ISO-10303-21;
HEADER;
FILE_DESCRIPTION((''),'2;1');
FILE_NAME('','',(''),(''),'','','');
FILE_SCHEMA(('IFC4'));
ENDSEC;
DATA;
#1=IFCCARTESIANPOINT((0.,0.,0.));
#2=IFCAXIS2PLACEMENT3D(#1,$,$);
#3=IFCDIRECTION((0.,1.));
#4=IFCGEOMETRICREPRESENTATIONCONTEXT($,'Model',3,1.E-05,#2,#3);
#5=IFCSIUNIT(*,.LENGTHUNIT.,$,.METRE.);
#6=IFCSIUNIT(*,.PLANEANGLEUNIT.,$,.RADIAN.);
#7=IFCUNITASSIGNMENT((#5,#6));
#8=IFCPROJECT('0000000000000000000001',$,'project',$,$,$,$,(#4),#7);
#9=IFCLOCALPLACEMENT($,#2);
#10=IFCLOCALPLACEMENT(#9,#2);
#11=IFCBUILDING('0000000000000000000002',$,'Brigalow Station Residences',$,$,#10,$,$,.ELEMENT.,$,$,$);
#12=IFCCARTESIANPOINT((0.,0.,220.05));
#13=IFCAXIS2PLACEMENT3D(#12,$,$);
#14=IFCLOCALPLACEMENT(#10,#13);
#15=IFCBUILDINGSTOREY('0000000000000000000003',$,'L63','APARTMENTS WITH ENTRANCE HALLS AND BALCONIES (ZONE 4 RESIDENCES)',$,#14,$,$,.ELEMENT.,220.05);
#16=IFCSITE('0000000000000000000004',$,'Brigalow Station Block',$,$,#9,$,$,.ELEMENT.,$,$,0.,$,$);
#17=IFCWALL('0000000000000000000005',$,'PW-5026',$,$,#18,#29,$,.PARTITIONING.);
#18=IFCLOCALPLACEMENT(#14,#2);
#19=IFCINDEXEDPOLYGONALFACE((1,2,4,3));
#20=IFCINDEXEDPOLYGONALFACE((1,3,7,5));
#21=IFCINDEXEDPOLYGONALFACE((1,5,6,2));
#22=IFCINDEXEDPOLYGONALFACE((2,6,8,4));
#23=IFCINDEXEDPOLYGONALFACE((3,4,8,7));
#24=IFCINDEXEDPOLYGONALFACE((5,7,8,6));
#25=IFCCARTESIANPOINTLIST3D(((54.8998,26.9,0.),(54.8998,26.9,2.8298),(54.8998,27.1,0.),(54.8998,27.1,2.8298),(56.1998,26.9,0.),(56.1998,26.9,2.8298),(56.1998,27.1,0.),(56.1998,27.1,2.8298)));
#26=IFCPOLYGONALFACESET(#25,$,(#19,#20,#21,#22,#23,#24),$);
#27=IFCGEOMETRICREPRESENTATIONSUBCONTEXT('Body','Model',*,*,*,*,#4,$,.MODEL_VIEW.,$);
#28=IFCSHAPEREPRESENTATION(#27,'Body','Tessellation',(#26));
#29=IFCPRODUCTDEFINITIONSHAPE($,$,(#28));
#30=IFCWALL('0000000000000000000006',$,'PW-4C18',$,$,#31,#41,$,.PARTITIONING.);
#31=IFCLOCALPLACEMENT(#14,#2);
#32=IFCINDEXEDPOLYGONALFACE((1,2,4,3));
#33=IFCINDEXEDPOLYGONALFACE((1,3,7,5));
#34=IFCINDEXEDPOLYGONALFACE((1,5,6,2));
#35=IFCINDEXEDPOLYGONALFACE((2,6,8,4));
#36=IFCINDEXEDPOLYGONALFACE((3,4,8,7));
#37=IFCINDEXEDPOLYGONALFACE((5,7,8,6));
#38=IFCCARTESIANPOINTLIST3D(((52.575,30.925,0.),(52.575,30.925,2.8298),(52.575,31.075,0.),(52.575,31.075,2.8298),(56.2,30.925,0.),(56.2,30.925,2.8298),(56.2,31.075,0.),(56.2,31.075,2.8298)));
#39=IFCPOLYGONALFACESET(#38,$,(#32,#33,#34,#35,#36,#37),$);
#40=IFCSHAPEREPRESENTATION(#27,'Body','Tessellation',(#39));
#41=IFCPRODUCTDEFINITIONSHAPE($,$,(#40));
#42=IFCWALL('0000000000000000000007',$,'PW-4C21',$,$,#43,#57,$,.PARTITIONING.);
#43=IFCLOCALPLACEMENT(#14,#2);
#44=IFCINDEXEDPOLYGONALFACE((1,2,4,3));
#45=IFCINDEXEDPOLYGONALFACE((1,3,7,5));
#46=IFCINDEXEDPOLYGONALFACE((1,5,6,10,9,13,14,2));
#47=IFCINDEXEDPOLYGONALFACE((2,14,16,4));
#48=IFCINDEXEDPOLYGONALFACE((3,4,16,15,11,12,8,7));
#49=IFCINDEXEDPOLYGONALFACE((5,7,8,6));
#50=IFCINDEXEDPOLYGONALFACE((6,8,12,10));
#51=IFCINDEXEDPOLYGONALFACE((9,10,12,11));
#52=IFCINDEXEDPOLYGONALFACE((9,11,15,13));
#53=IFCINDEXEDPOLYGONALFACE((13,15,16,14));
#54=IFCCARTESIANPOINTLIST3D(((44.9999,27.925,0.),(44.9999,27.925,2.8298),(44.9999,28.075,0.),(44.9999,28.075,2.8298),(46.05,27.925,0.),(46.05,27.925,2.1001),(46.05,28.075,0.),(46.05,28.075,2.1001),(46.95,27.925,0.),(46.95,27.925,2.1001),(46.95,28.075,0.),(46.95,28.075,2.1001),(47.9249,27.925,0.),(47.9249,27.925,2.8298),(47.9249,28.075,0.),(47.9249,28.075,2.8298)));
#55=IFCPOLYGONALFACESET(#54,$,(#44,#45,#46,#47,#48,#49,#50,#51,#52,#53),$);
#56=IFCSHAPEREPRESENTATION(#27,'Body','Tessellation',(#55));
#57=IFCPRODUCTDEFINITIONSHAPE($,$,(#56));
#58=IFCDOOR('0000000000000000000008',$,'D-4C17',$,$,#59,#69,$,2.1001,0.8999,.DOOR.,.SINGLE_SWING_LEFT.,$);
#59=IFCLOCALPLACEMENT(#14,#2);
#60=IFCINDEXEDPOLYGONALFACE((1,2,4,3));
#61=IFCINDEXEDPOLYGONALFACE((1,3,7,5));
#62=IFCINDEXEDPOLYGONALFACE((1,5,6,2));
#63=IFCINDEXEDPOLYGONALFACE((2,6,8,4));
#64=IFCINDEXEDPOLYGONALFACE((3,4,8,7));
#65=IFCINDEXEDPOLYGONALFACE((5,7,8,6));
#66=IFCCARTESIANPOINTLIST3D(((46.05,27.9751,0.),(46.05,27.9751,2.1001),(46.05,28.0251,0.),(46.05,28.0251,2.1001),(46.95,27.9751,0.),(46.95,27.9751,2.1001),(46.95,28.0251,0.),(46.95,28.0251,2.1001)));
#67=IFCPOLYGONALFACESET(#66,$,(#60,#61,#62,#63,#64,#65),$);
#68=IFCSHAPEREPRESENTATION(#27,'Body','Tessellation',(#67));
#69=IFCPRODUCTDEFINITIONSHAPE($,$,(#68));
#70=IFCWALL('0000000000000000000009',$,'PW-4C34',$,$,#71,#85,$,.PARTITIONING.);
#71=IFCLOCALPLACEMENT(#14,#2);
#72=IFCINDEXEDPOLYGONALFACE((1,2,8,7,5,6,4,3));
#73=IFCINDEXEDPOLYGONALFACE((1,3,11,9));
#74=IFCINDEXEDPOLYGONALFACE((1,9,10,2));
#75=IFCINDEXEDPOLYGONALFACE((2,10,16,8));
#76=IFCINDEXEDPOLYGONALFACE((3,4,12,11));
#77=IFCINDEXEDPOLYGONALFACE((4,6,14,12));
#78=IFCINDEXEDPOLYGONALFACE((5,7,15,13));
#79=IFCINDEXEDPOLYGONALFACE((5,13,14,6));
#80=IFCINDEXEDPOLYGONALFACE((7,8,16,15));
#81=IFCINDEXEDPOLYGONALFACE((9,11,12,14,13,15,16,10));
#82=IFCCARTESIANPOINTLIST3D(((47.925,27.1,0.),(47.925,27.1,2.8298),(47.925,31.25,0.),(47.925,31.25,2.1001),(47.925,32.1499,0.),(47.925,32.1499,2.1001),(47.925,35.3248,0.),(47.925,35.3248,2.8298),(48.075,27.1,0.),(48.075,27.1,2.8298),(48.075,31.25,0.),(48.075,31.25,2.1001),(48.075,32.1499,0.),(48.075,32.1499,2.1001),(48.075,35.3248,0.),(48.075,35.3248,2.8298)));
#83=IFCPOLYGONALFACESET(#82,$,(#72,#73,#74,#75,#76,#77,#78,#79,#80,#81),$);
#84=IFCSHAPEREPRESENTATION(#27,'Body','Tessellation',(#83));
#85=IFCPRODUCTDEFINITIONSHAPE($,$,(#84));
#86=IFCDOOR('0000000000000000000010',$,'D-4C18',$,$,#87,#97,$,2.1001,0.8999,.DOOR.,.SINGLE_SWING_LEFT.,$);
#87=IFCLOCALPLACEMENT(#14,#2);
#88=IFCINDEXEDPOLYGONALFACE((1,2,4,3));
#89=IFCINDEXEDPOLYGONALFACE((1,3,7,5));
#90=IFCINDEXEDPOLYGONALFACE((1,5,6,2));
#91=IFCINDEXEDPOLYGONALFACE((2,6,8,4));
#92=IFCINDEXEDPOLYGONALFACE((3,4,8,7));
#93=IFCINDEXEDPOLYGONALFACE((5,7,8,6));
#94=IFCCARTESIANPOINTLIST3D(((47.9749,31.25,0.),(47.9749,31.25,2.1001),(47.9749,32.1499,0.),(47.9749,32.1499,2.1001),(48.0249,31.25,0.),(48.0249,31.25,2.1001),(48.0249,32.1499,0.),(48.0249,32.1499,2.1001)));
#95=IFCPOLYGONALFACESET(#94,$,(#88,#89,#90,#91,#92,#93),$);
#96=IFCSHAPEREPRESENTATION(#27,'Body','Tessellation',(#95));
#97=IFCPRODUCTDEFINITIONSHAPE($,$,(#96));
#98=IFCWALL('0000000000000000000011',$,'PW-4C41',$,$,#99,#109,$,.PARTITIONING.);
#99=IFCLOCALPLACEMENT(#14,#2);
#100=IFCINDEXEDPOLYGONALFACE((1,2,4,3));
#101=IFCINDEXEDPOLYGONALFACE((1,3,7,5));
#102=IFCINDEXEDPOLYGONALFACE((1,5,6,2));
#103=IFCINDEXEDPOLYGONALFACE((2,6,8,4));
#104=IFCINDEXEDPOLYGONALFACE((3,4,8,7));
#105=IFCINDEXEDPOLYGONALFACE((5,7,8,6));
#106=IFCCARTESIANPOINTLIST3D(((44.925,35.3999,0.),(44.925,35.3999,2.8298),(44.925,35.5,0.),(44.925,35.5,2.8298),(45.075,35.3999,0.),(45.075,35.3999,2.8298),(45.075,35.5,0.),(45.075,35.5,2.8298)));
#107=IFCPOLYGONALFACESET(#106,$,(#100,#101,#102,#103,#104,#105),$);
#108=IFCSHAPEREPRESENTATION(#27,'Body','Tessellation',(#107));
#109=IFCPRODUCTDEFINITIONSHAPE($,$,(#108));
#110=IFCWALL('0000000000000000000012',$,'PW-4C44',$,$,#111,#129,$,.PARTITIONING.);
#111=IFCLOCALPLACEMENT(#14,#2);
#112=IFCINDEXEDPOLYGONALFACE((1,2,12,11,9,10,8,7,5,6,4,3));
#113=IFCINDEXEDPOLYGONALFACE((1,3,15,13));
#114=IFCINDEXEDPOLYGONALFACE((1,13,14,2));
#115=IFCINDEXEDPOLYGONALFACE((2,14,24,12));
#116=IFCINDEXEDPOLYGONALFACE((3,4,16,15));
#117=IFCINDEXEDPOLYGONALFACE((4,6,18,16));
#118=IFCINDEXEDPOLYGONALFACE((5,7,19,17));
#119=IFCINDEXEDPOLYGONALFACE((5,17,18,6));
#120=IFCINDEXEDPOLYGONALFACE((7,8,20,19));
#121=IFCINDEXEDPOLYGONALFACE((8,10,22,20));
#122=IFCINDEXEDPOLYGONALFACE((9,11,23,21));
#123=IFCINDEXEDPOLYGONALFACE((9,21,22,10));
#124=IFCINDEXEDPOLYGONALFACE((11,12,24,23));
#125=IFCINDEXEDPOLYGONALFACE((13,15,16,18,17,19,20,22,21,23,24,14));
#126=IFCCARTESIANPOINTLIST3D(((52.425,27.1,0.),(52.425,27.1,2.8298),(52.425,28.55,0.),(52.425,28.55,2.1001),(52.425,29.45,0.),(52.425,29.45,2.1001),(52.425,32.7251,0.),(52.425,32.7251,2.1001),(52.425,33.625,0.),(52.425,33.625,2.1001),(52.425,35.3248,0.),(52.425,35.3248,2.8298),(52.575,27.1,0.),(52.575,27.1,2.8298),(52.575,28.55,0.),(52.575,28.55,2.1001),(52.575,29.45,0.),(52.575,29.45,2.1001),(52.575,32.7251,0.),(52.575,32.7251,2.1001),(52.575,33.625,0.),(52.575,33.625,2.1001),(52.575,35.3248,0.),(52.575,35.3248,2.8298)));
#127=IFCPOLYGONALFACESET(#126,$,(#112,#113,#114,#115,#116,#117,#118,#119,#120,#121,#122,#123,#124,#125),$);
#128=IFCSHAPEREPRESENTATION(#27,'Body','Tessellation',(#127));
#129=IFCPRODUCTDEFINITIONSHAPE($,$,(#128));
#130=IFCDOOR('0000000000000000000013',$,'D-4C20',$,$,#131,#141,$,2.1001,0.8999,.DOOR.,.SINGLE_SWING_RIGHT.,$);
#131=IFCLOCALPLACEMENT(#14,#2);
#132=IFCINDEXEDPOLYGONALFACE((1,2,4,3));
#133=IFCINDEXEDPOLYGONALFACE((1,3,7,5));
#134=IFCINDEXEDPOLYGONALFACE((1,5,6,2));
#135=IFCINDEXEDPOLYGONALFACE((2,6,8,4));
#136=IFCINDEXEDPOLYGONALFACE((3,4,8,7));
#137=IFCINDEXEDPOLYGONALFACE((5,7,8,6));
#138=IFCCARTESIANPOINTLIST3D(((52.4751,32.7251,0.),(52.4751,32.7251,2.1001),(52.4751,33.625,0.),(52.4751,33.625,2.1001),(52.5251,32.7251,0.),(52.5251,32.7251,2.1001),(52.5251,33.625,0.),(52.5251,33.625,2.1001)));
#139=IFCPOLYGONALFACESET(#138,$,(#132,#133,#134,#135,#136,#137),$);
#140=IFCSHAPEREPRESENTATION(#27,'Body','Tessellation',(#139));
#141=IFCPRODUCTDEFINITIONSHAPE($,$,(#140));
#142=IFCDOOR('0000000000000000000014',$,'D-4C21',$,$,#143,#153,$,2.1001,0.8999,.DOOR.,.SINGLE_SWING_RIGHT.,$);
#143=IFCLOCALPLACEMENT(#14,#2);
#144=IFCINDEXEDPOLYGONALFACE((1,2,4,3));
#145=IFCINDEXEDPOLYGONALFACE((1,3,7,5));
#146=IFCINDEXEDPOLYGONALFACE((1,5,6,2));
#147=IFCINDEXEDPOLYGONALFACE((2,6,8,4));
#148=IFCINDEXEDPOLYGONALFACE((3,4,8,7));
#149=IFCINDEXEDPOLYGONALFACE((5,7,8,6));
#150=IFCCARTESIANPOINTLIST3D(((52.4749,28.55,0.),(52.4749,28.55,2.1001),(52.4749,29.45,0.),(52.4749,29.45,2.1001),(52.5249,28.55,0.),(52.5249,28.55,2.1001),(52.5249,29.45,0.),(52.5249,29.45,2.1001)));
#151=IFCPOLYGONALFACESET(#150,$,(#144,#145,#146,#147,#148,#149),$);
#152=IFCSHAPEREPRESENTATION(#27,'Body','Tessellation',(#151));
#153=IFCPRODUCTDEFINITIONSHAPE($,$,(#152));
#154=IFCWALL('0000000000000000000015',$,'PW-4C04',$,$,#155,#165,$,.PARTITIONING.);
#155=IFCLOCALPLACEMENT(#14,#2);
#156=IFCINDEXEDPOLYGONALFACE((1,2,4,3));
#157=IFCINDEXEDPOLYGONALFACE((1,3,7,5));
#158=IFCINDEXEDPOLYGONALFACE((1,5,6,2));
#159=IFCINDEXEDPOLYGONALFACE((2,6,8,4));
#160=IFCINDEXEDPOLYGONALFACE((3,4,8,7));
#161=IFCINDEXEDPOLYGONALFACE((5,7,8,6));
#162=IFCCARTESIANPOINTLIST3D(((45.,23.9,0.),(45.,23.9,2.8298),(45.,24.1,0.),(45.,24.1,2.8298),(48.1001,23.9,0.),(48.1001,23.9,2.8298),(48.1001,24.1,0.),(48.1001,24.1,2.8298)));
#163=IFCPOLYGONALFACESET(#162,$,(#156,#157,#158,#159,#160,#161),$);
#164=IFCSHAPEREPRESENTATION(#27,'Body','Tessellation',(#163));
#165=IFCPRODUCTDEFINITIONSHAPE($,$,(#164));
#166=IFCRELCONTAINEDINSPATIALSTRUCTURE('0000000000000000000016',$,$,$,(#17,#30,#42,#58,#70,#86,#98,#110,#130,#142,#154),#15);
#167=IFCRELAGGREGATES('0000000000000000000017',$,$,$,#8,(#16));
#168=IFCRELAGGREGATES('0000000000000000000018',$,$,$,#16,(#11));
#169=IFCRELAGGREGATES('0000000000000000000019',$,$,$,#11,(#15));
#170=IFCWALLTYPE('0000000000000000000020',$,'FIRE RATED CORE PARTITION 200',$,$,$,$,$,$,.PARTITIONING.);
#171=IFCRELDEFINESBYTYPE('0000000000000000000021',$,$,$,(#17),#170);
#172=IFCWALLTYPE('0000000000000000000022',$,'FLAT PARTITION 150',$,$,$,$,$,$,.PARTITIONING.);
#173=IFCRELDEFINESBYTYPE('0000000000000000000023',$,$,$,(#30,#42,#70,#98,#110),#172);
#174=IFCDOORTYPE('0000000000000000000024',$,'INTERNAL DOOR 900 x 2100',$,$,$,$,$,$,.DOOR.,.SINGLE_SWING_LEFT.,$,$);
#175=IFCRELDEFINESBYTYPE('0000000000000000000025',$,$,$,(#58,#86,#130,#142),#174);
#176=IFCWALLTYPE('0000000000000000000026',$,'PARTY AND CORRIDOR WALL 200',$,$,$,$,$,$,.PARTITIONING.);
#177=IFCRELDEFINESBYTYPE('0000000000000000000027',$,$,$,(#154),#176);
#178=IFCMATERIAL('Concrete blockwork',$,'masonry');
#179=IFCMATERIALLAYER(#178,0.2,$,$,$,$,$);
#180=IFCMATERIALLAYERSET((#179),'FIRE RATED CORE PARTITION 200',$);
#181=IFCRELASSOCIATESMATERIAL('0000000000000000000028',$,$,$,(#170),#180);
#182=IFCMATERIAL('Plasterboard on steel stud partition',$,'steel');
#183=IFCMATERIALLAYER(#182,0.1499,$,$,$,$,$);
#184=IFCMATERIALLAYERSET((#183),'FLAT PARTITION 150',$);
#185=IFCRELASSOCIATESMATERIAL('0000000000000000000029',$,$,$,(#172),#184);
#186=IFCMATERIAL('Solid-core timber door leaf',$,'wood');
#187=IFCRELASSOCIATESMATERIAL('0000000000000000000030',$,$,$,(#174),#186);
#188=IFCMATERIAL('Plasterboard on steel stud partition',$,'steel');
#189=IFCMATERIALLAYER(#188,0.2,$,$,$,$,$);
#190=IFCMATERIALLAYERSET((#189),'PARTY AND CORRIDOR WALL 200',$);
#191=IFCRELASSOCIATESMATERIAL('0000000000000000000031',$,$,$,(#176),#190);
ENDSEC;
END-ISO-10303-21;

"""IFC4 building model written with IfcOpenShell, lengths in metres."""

from ifc_helpers import new_model, si_unit, direction, frame, frame_2d, origin, place, context, subcontext, project, spatial, rectangle, extrude, material, layer, layer_set, type_object, element, fill, save


model = new_model("IFC4")

# Units and contexts
model_context = context("Model", 3, precision=1e-05, world=origin(), true_north=direction((0.0, 1.0)))
body_context = subcontext(model_context, "Body", "Model", "MODEL_VIEW")
ifc_project = project(units=[si_unit("LENGTHUNIT", "METRE"), si_unit("PLANEANGLEUNIT", "RADIAN")], contexts=[model_context])

# Site, building, storey
site_placement = place(None, origin())
site = spatial("IfcSite", under=ifc_project, at=site_placement, Name="Brigalow Station Block", CompositionType="ELEMENT", RefElevation=0.0)
building_placement = place(site_placement, origin())
building = spatial("IfcBuilding", under=site, at=building_placement, Name="Brigalow Station Residences", CompositionType="ELEMENT")
storey_placement = place(building_placement, frame((0.0, 0.0, 220.05)))
storey = spatial("IfcBuildingStorey", under=building, at=storey_placement, Name="L63", Description="APARTMENTS WITH ENTRANCE HALLS AND BALCONIES (ZONE 4 RESIDENCES)", CompositionType="ELEMENT", Elevation=220.05)

# Walls
ifc_material_1 = material(Name="Concrete blockwork", Category="masonry")
ifc_layer_1 = layer(ifc_material_1, 0.2)
ifc_layer_set_1 = layer_set([ifc_layer_1], Name="FIRE RATED CORE PARTITION 200")
wall_type_1 = type_object("IfcWallType", Name="FIRE RATED CORE PARTITION 200", PredefinedType="PARTITIONING", material=ifc_layer_set_1)
wall_1_placement = place(storey_placement, frame((54.8999, 27.0, 0.0), z_axis=(0.0, 0.0, 1.0), x_axis=(1.0, 0.0, 0.0)))
element("IfcWall", 1, at=wall_1_placement, inside=storey, type_object=wall_type_1, Name="PW-5026", PredefinedType="PARTITIONING", context=body_context, shape_type="SweptSolid", body=[
    extrude(rectangle(XDim=1.3, YDim=0.2, at=frame_2d((0.6499, 0.0))), origin(), (0.0, 0.0, 1.0), 2.8298),
])
ifc_material_2 = material(Name="Plasterboard on steel stud partition", Category="steel")
ifc_layer_2 = layer(ifc_material_2, 0.1499)
ifc_layer_set_2 = layer_set([ifc_layer_2], Name="FLAT PARTITION 150")
wall_type_2 = type_object("IfcWallType", Name="FLAT PARTITION 150", PredefinedType="PARTITIONING", material=ifc_layer_set_2)
wall_2_placement = place(storey_placement, frame((52.575, 31.0, 0.0), z_axis=(0.0, 0.0, 1.0), x_axis=(1.0, 0.0, 0.0)))
element("IfcWall", 2, at=wall_2_placement, inside=storey, type_object=wall_type_2, Name="PW-4C18", PredefinedType="PARTITIONING", context=body_context, shape_type="SweptSolid", body=[
    extrude(rectangle(XDim=3.625, YDim=0.1499, at=frame_2d((1.8125, 0.0))), origin(), (0.0, 0.0, 1.0), 2.8298),
])

# Walls, openings, doors
wall_3_placement = place(storey_placement, frame((45.0, 28.0, 0.0), z_axis=(0.0, 0.0, 1.0), x_axis=(1.0, 0.0, 0.0)))
wall_3 = element("IfcWall", 3, at=wall_3_placement, inside=storey, type_object=wall_type_2, Name="PW-4C21", PredefinedType="PARTITIONING", context=body_context, shape_type="SweptSolid", body=[
    extrude(rectangle(XDim=2.925, YDim=0.1499, at=frame_2d((1.4624, 0.0))), origin(), (0.0, 0.0, 1.0), 2.8298),
])
opening_1_placement = place(wall_3_placement, frame((1.05, 0.0, 0.0)))
opening_1 = element("IfcOpeningElement", 4, at=opening_1_placement, cuts=wall_3, PredefinedType="OPENING", context=body_context, shape_type="SweptSolid", body=[
    extrude(rectangle(XDim=0.8999, YDim=2.1001, at=frame_2d((0.45, 1.05))), frame((0.0, 0.085, 0.0), z_axis=(0.0, -1.0, 0.0), x_axis=(1.0, 0.0, 0.0)), (0.0, 0.0, 1.0), 0.1699),
])
ifc_material_3 = material(Name="Solid-core timber door leaf", Category="wood")
door_type_1 = type_object("IfcDoorType", Name="INTERNAL DOOR 900 x 2100", OperationType="SINGLE_SWING_LEFT", PredefinedType="DOOR", material=ifc_material_3)
door_1_placement = place(opening_1_placement, frame((0.8999, 0.0, 0.0), z_axis=(0.0, 0.0, 1.0), x_axis=(-1.0, 0.0, 0.0)))
door_1 = element("IfcDoor", 5, at=door_1_placement, inside=storey, type_object=door_type_1, Name="D-4C17", OperationType="SINGLE_SWING_LEFT", OverallHeight=2.1001, OverallWidth=0.8999, PredefinedType="DOOR", context=body_context, shape_type="SweptSolid", body=[
    extrude(rectangle(XDim=0.8999, YDim=2.1001, at=frame_2d((0.45, 1.05))), frame((0.0, 0.0249, 0.0), z_axis=(0.0, -1.0, 0.0), x_axis=(1.0, 0.0, 0.0)), (0.0, 0.0, 1.0), 0.05),
])
fill(opening_1, door_1)
wall_4_placement = place(storey_placement, frame((48.0, 27.1001, 0.0), z_axis=(0.0, 0.0, 1.0), x_axis=(0.0, 1.0, 0.0)))
wall_4 = element("IfcWall", 6, at=wall_4_placement, inside=storey, type_object=wall_type_2, Name="PW-4C34", PredefinedType="PARTITIONING", context=body_context, shape_type="SweptSolid", body=[
    extrude(rectangle(XDim=8.2249, YDim=0.1499, at=frame_2d((4.1123, 0.0))), origin(), (0.0, 0.0, 1.0), 2.8298),
])
opening_2_placement = place(wall_4_placement, frame((4.1499, 0.0, 0.0)))
opening_2 = element("IfcOpeningElement", 7, at=opening_2_placement, cuts=wall_4, PredefinedType="OPENING", context=body_context, shape_type="SweptSolid", body=[
    extrude(rectangle(XDim=0.8999, YDim=2.1001, at=frame_2d((0.45, 1.05))), frame((0.0, 0.085, 0.0), z_axis=(0.0, -1.0, 0.0), x_axis=(1.0, 0.0, 0.0)), (0.0, 0.0, 1.0), 0.1699),
])
door_2_placement = place(opening_2_placement, frame((0.8999, 0.0, 0.0), z_axis=(0.0, 0.0, 1.0), x_axis=(-1.0, 0.0, 0.0)))
door_2 = element("IfcDoor", 8, at=door_2_placement, inside=storey, type_object=door_type_1, Name="D-4C18", OperationType="SINGLE_SWING_LEFT", OverallHeight=2.1001, OverallWidth=0.8999, PredefinedType="DOOR", context=body_context, shape_type="SweptSolid", body=[
    extrude(rectangle(XDim=0.8999, YDim=2.1001, at=frame_2d((0.45, 1.05))), frame((0.0, 0.0249, 0.0), z_axis=(0.0, -1.0, 0.0), x_axis=(1.0, 0.0, 0.0)), (0.0, 0.0, 1.0), 0.05),
])
fill(opening_2, door_2)

# Wall
wall_5_placement = place(storey_placement, frame((45.0, 35.3999, 0.0), z_axis=(0.0, 0.0, 1.0), x_axis=(0.0, 1.0, 0.0)))
element("IfcWall", 9, at=wall_5_placement, inside=storey, type_object=wall_type_2, Name="PW-4C41", PredefinedType="PARTITIONING", context=body_context, shape_type="SweptSolid", body=[
    extrude(rectangle(XDim=0.1001, YDim=0.1499, at=frame_2d((0.05, 0.0))), origin(), (0.0, 0.0, 1.0), 2.8298),
])

# Wall, openings, doors
wall_6_placement = place(storey_placement, frame((52.5, 27.1001, 0.0), z_axis=(0.0, 0.0, 1.0), x_axis=(0.0, 1.0, 0.0)))
wall_6 = element("IfcWall", 10, at=wall_6_placement, inside=storey, type_object=wall_type_2, Name="PW-4C44", PredefinedType="PARTITIONING", context=body_context, shape_type="SweptSolid", body=[
    extrude(rectangle(XDim=8.2249, YDim=0.1499, at=frame_2d((4.1123, 0.0))), origin(), (0.0, 0.0, 1.0), 2.8298),
])
opening_3_placement = place(wall_6_placement, frame((5.625, 0.0, 0.0)))
opening_3 = element("IfcOpeningElement", 11, at=opening_3_placement, cuts=wall_6, PredefinedType="OPENING", context=body_context, shape_type="SweptSolid", body=[
    extrude(rectangle(XDim=0.8999, YDim=2.1001, at=frame_2d((0.45, 1.05))), frame((0.0, 0.085, 0.0), z_axis=(0.0, -1.0, 0.0), x_axis=(1.0, 0.0, 0.0)), (0.0, 0.0, 1.0), 0.1699),
])
opening_4_placement = place(wall_6_placement, frame((1.45, 0.0, 0.0)))
opening_4 = element("IfcOpeningElement", 12, at=opening_4_placement, cuts=wall_6, PredefinedType="OPENING", context=body_context, shape_type="SweptSolid", body=[
    extrude(rectangle(XDim=0.8999, YDim=2.1001, at=frame_2d((0.45, 1.05))), frame((0.0, 0.085, 0.0), z_axis=(0.0, -1.0, 0.0), x_axis=(1.0, 0.0, 0.0)), (0.0, 0.0, 1.0), 0.1699),
])
door_3_placement = place(opening_3_placement, origin())
door_3 = element("IfcDoor", 13, at=door_3_placement, inside=storey, type_object=door_type_1, Name="D-4C20", OperationType="SINGLE_SWING_RIGHT", OverallHeight=2.1001, OverallWidth=0.8999, PredefinedType="DOOR", context=body_context, shape_type="SweptSolid", body=[
    extrude(rectangle(XDim=0.8999, YDim=2.1001, at=frame_2d((0.45, 1.05))), frame((0.0, 0.0249, 0.0), z_axis=(0.0, -1.0, 0.0), x_axis=(1.0, 0.0, 0.0)), (0.0, 0.0, 1.0), 0.05),
])
fill(opening_3, door_3)
door_4_placement = place(opening_4_placement, frame((0.8999, 0.0, 0.0), z_axis=(0.0, 0.0, 1.0), x_axis=(-1.0, 0.0, 0.0)))
door_4 = element("IfcDoor", 14, at=door_4_placement, inside=storey, type_object=door_type_1, Name="D-4C21", OperationType="SINGLE_SWING_RIGHT", OverallHeight=2.1001, OverallWidth=0.8999, PredefinedType="DOOR", context=body_context, shape_type="SweptSolid", body=[
    extrude(rectangle(XDim=0.8999, YDim=2.1001, at=frame_2d((0.45, 1.05))), frame((0.0, 0.0249, 0.0), z_axis=(0.0, -1.0, 0.0), x_axis=(1.0, 0.0, 0.0)), (0.0, 0.0, 1.0), 0.05),
])
fill(opening_4, door_4)

# Wall
ifc_material_4 = material(Name="Plasterboard on steel stud partition", Category="steel")
ifc_layer_3 = layer(ifc_material_4, 0.2)
ifc_layer_set_3 = layer_set([ifc_layer_3], Name="PARTY AND CORRIDOR WALL 200")
wall_type_3 = type_object("IfcWallType", Name="PARTY AND CORRIDOR WALL 200", PredefinedType="PARTITIONING", material=ifc_layer_set_3)
wall_7_placement = place(storey_placement, frame((45.0, 24.0, 0.0), z_axis=(0.0, 0.0, 1.0), x_axis=(1.0, 0.0, 0.0)))
element("IfcWall", 15, at=wall_7_placement, inside=storey, type_object=wall_type_3, Name="PW-4C04", PredefinedType="PARTITIONING", context=body_context, shape_type="SweptSolid", body=[
    extrude(rectangle(XDim=3.1001, YDim=0.2, at=frame_2d((1.55, 0.0))), origin(), (0.0, 0.0, 1.0), 2.8298),
])

save(model, "model.ifc")
